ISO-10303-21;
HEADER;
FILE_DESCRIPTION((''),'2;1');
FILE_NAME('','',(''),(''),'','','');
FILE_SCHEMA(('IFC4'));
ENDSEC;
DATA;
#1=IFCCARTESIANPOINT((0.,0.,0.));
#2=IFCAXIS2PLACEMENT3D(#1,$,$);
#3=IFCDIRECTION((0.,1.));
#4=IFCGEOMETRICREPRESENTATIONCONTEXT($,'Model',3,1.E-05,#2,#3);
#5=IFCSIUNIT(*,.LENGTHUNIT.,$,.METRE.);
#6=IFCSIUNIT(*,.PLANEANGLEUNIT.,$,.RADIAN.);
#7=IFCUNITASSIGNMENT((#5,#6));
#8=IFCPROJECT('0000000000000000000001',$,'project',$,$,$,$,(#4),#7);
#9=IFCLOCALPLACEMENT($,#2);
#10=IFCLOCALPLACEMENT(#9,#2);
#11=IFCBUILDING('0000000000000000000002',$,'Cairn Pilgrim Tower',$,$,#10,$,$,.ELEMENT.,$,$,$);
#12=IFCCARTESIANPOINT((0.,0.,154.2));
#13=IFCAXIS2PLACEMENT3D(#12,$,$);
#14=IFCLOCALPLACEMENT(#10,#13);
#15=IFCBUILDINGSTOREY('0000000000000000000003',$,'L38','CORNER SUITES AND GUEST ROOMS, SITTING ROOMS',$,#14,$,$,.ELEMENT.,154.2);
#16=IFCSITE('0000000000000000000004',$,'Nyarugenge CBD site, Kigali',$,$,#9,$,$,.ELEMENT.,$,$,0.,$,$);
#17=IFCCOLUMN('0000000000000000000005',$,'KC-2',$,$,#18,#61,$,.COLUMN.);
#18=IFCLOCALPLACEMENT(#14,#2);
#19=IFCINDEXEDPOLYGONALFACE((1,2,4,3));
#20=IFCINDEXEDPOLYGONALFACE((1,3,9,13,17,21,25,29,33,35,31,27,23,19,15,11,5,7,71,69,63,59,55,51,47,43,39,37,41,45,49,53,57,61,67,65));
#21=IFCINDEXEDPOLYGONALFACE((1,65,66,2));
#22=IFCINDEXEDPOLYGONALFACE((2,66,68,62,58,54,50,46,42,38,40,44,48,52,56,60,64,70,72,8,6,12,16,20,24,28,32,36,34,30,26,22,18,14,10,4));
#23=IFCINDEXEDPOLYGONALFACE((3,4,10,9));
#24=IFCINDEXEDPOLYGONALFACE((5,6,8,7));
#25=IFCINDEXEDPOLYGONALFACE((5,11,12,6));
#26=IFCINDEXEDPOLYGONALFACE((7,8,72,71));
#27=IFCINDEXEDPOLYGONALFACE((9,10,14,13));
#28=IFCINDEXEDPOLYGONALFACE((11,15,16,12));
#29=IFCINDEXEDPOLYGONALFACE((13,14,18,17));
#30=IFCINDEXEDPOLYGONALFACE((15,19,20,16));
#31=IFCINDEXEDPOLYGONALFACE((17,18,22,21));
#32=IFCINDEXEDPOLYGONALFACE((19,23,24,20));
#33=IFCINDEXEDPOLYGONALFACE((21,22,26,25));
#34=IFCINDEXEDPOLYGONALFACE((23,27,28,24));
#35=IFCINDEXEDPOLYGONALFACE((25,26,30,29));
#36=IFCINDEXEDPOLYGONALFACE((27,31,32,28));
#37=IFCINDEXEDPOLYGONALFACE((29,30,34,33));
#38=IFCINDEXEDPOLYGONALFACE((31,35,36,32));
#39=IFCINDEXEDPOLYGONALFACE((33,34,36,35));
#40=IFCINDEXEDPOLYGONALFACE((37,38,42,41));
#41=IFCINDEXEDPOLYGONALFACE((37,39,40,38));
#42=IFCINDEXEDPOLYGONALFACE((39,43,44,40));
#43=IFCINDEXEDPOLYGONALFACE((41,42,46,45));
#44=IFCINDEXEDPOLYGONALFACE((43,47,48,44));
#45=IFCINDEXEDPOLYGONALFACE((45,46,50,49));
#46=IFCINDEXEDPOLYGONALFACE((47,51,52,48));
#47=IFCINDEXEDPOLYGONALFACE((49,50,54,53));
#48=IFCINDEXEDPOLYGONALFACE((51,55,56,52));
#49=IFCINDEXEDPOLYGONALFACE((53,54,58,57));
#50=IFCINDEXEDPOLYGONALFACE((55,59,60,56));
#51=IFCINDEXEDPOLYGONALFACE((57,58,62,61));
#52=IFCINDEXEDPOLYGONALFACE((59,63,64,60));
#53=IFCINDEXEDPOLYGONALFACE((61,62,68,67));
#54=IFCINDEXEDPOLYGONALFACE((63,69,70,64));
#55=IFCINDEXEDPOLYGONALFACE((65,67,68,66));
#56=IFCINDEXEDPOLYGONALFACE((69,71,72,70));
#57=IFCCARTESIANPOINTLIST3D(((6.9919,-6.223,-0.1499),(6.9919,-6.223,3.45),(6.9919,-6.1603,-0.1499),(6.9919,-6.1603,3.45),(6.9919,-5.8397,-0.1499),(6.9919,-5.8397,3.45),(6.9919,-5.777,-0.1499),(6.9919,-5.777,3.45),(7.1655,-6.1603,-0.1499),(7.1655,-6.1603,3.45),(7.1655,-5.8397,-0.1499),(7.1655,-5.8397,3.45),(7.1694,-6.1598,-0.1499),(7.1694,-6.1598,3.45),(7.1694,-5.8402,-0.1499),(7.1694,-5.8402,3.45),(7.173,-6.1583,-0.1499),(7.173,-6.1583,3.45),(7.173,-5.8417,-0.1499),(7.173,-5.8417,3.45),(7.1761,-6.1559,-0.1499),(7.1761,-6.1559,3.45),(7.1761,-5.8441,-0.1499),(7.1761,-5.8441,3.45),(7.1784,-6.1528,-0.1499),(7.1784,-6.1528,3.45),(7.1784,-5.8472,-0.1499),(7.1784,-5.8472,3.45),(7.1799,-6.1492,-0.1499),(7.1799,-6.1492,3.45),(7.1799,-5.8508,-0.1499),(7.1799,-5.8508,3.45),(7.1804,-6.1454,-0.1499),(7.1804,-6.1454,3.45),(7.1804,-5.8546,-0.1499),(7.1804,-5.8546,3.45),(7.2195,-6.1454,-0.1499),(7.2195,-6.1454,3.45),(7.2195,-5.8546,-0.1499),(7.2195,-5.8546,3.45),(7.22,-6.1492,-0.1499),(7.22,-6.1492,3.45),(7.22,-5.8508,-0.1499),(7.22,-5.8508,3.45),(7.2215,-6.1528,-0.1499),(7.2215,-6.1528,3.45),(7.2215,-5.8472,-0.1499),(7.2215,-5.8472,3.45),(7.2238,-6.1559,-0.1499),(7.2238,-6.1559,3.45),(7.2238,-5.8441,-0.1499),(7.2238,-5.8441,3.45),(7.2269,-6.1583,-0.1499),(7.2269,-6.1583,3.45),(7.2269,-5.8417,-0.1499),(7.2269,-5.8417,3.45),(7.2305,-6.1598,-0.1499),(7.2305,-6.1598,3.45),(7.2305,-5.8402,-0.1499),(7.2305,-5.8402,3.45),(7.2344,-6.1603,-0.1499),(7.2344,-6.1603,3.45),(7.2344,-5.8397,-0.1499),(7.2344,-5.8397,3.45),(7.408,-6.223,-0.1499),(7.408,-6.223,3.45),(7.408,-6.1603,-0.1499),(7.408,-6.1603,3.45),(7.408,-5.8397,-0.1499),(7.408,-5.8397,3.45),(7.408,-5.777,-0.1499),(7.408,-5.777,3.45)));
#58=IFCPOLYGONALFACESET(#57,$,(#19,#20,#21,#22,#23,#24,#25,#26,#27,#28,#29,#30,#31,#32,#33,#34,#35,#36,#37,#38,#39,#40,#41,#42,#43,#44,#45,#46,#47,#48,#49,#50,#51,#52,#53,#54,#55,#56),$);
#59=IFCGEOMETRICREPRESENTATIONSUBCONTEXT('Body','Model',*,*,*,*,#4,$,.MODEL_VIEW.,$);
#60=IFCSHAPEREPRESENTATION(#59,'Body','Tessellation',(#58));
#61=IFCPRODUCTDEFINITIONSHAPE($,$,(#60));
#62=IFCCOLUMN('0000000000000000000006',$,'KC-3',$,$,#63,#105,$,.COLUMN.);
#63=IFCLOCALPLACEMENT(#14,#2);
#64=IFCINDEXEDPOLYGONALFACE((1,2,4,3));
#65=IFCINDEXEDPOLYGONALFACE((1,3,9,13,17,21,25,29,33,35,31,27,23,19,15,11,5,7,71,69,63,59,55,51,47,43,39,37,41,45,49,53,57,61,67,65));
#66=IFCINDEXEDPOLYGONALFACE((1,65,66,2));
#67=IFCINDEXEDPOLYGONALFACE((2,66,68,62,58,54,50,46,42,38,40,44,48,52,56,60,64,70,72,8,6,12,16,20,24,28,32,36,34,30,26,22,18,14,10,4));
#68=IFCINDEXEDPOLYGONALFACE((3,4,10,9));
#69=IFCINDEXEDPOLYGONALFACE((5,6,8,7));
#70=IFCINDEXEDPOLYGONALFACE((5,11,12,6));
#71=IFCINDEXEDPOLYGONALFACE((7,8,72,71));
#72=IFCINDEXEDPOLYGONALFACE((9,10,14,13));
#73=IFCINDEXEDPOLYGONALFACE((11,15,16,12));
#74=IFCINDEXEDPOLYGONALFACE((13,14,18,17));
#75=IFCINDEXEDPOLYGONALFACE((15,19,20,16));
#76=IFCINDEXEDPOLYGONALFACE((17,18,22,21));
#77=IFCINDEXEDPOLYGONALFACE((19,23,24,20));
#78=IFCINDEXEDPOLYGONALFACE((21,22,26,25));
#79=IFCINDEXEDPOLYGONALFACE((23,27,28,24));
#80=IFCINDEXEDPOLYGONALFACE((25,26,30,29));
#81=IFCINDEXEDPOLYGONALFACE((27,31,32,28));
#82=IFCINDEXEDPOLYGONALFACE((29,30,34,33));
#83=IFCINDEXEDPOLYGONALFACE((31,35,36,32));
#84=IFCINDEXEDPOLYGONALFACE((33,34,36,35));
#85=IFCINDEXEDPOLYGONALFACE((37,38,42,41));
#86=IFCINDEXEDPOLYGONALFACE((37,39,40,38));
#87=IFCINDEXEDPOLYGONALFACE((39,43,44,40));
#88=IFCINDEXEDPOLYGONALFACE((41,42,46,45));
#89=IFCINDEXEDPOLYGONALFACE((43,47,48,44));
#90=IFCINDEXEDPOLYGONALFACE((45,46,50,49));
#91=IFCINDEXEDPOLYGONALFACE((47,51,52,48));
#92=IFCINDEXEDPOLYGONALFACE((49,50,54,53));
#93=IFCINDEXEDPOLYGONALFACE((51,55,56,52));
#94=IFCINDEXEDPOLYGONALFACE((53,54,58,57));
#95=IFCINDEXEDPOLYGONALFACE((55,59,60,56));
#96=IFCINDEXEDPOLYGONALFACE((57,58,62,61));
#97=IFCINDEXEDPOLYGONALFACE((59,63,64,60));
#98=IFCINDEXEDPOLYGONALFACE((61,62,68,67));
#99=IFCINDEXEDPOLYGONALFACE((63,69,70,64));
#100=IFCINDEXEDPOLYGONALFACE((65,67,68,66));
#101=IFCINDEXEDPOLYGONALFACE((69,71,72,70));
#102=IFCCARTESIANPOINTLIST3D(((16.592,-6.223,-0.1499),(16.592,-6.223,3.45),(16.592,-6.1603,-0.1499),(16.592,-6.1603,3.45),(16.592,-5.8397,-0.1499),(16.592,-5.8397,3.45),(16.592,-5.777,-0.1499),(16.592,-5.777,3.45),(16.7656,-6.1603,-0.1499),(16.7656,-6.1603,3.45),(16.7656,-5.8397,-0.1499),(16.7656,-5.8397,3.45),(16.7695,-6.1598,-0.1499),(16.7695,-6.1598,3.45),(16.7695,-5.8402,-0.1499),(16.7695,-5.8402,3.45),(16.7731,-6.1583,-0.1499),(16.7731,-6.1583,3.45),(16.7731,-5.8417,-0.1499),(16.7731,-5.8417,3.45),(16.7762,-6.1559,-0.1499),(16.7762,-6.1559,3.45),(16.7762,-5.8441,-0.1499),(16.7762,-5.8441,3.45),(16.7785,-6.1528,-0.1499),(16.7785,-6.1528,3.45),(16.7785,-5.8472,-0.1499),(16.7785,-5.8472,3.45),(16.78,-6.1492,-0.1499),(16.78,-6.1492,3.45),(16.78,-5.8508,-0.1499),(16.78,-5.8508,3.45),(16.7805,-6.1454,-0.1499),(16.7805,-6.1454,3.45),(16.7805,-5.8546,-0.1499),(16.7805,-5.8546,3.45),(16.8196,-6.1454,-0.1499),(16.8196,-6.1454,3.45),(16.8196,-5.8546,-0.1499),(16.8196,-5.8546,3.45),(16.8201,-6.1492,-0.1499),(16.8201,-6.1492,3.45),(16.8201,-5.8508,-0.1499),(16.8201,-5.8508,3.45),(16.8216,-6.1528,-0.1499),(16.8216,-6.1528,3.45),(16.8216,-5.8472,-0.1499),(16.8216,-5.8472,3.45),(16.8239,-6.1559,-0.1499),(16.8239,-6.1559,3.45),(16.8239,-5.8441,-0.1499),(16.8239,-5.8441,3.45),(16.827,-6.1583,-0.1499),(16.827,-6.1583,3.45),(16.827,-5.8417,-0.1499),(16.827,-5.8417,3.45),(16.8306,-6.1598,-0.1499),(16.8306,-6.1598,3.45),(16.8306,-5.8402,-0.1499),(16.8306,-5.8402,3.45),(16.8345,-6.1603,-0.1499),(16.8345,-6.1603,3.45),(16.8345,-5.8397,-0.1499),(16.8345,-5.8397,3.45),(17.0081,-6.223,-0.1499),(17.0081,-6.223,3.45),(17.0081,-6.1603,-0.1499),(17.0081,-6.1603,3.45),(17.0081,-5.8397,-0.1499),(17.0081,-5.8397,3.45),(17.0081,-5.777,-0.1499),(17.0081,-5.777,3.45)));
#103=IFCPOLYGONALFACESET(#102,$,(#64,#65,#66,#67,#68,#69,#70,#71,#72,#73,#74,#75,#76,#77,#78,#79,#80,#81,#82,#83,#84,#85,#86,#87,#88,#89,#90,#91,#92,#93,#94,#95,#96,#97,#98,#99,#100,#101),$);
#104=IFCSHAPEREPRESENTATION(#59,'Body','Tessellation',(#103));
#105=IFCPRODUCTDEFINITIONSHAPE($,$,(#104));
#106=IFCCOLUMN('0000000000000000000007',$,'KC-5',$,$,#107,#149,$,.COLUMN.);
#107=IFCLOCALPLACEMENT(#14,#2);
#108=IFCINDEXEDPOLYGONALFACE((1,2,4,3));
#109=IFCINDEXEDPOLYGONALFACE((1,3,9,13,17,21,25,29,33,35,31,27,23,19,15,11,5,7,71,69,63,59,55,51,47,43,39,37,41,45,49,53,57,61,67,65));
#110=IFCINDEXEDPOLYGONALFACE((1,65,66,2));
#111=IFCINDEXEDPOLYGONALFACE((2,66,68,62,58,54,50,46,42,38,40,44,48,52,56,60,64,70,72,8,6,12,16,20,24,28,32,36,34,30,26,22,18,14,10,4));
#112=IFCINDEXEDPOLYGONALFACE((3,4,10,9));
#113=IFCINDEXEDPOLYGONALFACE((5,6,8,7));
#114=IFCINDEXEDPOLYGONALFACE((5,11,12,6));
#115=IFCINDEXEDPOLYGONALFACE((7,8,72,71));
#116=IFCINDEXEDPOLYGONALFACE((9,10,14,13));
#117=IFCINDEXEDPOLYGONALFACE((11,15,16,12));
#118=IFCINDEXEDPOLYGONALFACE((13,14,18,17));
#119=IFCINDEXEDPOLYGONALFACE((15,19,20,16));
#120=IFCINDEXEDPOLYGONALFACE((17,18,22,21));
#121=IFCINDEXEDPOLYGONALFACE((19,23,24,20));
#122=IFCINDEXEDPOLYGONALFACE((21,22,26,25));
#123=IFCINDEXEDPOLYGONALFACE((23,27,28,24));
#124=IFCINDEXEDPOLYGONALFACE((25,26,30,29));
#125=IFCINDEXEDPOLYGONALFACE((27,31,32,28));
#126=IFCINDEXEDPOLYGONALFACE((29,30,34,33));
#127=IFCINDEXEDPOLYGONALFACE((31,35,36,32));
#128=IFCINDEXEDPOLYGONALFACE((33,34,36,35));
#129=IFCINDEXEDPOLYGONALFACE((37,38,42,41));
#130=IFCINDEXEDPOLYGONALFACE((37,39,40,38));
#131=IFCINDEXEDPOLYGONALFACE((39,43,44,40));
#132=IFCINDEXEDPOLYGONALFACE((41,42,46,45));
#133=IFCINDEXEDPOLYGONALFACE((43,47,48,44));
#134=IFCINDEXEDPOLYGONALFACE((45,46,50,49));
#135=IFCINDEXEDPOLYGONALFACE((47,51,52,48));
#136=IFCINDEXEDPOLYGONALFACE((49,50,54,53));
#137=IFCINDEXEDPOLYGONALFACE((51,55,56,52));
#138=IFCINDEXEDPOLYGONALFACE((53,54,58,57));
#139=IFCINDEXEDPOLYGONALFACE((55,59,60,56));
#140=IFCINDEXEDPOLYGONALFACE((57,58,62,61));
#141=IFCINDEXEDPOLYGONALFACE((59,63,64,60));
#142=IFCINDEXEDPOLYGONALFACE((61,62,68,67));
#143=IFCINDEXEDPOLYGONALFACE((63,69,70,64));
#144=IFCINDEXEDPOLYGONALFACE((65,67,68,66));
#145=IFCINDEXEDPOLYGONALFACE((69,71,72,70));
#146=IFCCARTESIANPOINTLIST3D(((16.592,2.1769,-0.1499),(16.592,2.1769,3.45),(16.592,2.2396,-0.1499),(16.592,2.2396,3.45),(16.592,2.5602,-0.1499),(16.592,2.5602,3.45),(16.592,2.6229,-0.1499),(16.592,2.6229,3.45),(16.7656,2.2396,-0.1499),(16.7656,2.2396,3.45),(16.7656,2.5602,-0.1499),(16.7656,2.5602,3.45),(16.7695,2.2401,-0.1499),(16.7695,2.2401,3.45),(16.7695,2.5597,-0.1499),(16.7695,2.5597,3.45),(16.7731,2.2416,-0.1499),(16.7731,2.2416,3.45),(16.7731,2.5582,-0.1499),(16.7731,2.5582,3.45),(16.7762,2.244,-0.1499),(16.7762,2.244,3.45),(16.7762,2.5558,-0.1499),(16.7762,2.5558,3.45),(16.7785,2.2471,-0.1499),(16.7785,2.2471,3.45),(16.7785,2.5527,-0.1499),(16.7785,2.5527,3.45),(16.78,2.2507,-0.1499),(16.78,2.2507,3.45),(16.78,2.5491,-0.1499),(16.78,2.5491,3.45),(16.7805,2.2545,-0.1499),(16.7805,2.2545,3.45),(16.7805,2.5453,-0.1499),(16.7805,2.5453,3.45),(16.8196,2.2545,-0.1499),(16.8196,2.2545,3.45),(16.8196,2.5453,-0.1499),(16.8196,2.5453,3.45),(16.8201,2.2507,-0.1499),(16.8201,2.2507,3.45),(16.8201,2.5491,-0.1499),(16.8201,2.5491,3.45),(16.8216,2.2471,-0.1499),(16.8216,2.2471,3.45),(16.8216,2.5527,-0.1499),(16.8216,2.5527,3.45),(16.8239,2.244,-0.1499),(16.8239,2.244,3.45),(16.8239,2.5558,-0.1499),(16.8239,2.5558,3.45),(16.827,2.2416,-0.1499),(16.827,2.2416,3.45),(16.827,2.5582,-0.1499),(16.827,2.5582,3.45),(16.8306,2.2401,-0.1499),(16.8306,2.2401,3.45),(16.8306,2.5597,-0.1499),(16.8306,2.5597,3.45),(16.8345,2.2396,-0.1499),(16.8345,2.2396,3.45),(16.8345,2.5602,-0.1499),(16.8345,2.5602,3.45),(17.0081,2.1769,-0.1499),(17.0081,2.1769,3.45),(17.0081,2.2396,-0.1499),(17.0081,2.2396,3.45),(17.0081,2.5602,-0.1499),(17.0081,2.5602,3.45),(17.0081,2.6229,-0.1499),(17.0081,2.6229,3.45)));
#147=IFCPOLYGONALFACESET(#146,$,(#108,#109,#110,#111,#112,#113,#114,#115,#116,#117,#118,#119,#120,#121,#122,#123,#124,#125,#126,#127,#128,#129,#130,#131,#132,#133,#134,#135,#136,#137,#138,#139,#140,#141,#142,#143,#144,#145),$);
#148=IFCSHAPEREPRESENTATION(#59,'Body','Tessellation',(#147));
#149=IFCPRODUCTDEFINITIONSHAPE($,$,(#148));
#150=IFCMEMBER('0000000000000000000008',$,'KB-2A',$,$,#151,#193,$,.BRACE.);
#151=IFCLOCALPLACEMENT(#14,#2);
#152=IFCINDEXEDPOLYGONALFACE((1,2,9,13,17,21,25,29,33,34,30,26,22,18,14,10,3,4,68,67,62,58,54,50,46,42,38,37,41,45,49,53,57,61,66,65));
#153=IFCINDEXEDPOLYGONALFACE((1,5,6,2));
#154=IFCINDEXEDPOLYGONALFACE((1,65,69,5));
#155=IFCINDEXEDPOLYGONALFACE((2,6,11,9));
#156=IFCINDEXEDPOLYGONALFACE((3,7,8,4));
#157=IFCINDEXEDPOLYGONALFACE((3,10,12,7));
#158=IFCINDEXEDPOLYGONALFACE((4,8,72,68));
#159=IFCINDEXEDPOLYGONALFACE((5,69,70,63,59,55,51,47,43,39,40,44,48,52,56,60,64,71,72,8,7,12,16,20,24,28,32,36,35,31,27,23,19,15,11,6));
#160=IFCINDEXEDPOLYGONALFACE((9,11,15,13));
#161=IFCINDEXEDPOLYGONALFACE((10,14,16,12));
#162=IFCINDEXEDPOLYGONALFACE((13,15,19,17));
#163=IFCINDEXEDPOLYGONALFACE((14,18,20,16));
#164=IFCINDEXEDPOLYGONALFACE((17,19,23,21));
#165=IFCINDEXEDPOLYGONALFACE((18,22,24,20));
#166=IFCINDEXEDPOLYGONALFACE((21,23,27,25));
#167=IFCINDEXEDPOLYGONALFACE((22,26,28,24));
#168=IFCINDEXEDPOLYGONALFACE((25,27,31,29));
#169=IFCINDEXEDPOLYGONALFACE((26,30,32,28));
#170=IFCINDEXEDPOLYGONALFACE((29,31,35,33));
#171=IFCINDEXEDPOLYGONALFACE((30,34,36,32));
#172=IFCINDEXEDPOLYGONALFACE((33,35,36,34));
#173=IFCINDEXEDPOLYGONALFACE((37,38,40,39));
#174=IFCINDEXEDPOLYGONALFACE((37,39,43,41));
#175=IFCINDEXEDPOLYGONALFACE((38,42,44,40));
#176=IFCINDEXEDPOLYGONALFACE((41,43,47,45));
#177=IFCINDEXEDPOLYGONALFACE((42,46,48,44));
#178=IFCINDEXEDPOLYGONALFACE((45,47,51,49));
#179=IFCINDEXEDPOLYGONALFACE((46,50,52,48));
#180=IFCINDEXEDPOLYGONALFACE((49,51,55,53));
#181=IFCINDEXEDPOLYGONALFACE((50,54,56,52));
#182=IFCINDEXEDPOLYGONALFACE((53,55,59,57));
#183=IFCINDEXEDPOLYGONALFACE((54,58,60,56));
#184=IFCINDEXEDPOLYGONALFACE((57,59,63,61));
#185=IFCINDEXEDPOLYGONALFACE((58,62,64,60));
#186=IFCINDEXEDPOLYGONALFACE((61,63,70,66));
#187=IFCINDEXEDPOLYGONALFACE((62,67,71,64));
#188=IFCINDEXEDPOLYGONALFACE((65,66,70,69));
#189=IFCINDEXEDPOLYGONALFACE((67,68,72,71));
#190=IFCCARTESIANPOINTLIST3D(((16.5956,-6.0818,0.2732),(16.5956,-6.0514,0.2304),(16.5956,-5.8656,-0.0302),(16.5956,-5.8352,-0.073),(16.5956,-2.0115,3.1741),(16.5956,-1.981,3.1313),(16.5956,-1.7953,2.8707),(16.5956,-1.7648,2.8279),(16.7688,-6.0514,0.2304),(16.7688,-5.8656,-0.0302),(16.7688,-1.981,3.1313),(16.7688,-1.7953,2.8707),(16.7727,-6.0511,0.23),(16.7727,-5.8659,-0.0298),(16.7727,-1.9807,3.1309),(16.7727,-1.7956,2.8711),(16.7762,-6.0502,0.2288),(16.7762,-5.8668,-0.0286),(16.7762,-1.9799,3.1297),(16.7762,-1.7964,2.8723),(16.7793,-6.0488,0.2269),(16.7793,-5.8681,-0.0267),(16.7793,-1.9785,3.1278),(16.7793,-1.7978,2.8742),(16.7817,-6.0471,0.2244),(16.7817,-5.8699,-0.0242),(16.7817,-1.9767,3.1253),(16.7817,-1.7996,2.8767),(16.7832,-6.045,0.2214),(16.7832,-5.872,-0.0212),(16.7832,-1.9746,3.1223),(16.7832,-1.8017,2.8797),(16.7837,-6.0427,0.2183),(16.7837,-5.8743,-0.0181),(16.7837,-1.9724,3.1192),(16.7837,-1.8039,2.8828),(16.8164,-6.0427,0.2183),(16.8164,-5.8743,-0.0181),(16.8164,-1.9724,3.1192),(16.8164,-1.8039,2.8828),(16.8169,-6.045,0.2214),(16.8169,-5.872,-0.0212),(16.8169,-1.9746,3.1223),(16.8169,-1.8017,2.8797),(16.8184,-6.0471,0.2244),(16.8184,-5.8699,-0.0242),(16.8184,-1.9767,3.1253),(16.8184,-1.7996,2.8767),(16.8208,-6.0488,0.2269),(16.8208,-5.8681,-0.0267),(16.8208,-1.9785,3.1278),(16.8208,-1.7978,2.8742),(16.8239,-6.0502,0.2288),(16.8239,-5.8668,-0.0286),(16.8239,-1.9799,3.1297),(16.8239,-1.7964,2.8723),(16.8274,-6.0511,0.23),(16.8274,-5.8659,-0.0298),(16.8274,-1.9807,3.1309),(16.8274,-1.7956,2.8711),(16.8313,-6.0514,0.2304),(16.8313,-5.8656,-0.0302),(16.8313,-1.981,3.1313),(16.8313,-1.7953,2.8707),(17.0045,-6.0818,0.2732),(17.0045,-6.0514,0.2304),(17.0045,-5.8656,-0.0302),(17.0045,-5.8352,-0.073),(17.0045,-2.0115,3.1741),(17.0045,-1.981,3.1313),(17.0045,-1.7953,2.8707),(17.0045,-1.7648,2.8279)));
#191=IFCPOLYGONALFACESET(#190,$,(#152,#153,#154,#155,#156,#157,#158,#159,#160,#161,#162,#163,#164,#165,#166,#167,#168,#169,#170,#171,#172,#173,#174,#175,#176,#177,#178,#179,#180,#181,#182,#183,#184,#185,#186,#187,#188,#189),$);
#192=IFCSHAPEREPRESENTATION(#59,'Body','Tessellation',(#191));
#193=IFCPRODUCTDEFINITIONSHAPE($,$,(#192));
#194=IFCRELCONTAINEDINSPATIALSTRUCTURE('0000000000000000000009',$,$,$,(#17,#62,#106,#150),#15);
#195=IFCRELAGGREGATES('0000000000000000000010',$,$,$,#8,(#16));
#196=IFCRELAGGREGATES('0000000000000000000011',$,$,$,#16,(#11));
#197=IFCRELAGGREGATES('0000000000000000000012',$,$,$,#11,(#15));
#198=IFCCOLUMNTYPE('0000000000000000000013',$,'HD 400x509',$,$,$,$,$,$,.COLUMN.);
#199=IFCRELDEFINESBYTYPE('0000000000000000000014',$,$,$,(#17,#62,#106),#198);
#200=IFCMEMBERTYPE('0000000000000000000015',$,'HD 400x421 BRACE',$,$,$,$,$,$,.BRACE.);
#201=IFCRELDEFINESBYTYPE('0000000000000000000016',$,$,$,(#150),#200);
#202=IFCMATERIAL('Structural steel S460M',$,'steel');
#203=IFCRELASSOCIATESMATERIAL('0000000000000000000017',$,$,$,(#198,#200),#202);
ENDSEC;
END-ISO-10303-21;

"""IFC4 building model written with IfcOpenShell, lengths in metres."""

from ifc_helpers import new_model, si_unit, direction, frame, origin, origin_2d, place, context, subcontext, project, spatial, i_section, extrude, material, material_profile, profile_set, type_object, element, save


model = new_model("IFC4")

# Units and contexts
model_context = context("Model", 3, precision=1e-05, world=origin(), true_north=direction((0.0, 1.0)))
body_context = subcontext(model_context, "Body", "Model", "MODEL_VIEW")
ifc_project = project(units=[si_unit("LENGTHUNIT", "METRE"), si_unit("PLANEANGLEUNIT", "RADIAN")], contexts=[model_context])

# Site, building, storey
site_placement = place(None, origin())
site = spatial("IfcSite", under=ifc_project, at=site_placement, Name="Nyarugenge CBD site, Kigali", CompositionType="ELEMENT", RefElevation=0.0)
building_placement = place(site_placement, origin())
building = spatial("IfcBuilding", under=site, at=building_placement, Name="Cairn Pilgrim Tower", CompositionType="ELEMENT")
storey_placement = place(building_placement, frame((0.0, 0.0, 154.2)))
storey = spatial("IfcBuildingStorey", under=building, at=storey_placement, Name="L38", Description="CORNER SUITES AND GUEST ROOMS, SITTING ROOMS", CompositionType="ELEMENT", Elevation=154.2)

# Columns
ifc_material_1 = material(Name="Structural steel S460M", Category="steel")
ifc_material_profile_1 = material_profile(ifc_material_1, i_section(OverallWidth=0.416, OverallDepth=0.446, WebThickness=0.0391, FlangeThickness=0.0627, FilletRadius=0.0149, at=origin_2d()), Name="HD 400x509")
ifc_profile_set_1 = profile_set([ifc_material_profile_1], Name="Structural steel S460M")
column_type = type_object("IfcColumnType", Name="HD 400x509", PredefinedType="COLUMN", material=ifc_profile_set_1)
for number, where, z_axis, x_axis, name in (
    (1, (7.2, -6.0, -0.1499), (0.0, 0.0, 1.0), (1.0, 0.0, 0.0), "KC-2"),
    (2, (16.8, -6.0, -0.1499), (0.0, 0.0, 1.0), (1.0, 0.0, 0.0), "KC-3"),
    (3, (16.8, 2.3999, -0.1499), (0.0, 0.0, 1.0), (1.0, 0.0, 0.0), "KC-5"),
):
    element("IfcColumn", number, at=place(storey_placement, frame(where, z_axis=z_axis, x_axis=x_axis)), inside=storey, type_object=column_type, Name=name, PredefinedType="COLUMN", context=body_context, shape_type="SweptSolid", body=[
        extrude(i_section(OverallWidth=0.416, OverallDepth=0.446, WebThickness=0.0391, FlangeThickness=0.0627, FilletRadius=0.0149, at=origin_2d()), origin(), (0.0, 0.0, 1.0), 3.5999),
    ])

# Member
ifc_material_profile_2 = material_profile(ifc_material_1, i_section(OverallWidth=0.4089, OverallDepth=0.425, WebThickness=0.0327, FlangeThickness=0.0525, FilletRadius=0.0149, at=origin_2d()), Name="HD 400x421")
ifc_profile_set_2 = profile_set([ifc_material_profile_2], Name="Structural steel S460M")
member_type = type_object("IfcMemberType", Name="HD 400x421 BRACE", PredefinedType="BRACE", material=ifc_profile_set_2)
member_1_placement = place(storey_placement, frame((16.8, -5.9585, 0.1001), z_axis=(0.0, 0.814347, 0.580378), x_axis=(-1.0, 0.0, 0.0)))
element("IfcMember", 4, at=member_1_placement, inside=storey, type_object=member_type, Name="KB-2A", PredefinedType="BRACE", context=body_context, shape_type="SweptSolid", body=[
    extrude(i_section(OverallWidth=0.4089, OverallDepth=0.425, WebThickness=0.0327, FlangeThickness=0.0525, FilletRadius=0.0149, at=origin_2d()), origin(), (0.0, 0.0, 1.0), 4.9983),
])

save(model, "model.ifc")
